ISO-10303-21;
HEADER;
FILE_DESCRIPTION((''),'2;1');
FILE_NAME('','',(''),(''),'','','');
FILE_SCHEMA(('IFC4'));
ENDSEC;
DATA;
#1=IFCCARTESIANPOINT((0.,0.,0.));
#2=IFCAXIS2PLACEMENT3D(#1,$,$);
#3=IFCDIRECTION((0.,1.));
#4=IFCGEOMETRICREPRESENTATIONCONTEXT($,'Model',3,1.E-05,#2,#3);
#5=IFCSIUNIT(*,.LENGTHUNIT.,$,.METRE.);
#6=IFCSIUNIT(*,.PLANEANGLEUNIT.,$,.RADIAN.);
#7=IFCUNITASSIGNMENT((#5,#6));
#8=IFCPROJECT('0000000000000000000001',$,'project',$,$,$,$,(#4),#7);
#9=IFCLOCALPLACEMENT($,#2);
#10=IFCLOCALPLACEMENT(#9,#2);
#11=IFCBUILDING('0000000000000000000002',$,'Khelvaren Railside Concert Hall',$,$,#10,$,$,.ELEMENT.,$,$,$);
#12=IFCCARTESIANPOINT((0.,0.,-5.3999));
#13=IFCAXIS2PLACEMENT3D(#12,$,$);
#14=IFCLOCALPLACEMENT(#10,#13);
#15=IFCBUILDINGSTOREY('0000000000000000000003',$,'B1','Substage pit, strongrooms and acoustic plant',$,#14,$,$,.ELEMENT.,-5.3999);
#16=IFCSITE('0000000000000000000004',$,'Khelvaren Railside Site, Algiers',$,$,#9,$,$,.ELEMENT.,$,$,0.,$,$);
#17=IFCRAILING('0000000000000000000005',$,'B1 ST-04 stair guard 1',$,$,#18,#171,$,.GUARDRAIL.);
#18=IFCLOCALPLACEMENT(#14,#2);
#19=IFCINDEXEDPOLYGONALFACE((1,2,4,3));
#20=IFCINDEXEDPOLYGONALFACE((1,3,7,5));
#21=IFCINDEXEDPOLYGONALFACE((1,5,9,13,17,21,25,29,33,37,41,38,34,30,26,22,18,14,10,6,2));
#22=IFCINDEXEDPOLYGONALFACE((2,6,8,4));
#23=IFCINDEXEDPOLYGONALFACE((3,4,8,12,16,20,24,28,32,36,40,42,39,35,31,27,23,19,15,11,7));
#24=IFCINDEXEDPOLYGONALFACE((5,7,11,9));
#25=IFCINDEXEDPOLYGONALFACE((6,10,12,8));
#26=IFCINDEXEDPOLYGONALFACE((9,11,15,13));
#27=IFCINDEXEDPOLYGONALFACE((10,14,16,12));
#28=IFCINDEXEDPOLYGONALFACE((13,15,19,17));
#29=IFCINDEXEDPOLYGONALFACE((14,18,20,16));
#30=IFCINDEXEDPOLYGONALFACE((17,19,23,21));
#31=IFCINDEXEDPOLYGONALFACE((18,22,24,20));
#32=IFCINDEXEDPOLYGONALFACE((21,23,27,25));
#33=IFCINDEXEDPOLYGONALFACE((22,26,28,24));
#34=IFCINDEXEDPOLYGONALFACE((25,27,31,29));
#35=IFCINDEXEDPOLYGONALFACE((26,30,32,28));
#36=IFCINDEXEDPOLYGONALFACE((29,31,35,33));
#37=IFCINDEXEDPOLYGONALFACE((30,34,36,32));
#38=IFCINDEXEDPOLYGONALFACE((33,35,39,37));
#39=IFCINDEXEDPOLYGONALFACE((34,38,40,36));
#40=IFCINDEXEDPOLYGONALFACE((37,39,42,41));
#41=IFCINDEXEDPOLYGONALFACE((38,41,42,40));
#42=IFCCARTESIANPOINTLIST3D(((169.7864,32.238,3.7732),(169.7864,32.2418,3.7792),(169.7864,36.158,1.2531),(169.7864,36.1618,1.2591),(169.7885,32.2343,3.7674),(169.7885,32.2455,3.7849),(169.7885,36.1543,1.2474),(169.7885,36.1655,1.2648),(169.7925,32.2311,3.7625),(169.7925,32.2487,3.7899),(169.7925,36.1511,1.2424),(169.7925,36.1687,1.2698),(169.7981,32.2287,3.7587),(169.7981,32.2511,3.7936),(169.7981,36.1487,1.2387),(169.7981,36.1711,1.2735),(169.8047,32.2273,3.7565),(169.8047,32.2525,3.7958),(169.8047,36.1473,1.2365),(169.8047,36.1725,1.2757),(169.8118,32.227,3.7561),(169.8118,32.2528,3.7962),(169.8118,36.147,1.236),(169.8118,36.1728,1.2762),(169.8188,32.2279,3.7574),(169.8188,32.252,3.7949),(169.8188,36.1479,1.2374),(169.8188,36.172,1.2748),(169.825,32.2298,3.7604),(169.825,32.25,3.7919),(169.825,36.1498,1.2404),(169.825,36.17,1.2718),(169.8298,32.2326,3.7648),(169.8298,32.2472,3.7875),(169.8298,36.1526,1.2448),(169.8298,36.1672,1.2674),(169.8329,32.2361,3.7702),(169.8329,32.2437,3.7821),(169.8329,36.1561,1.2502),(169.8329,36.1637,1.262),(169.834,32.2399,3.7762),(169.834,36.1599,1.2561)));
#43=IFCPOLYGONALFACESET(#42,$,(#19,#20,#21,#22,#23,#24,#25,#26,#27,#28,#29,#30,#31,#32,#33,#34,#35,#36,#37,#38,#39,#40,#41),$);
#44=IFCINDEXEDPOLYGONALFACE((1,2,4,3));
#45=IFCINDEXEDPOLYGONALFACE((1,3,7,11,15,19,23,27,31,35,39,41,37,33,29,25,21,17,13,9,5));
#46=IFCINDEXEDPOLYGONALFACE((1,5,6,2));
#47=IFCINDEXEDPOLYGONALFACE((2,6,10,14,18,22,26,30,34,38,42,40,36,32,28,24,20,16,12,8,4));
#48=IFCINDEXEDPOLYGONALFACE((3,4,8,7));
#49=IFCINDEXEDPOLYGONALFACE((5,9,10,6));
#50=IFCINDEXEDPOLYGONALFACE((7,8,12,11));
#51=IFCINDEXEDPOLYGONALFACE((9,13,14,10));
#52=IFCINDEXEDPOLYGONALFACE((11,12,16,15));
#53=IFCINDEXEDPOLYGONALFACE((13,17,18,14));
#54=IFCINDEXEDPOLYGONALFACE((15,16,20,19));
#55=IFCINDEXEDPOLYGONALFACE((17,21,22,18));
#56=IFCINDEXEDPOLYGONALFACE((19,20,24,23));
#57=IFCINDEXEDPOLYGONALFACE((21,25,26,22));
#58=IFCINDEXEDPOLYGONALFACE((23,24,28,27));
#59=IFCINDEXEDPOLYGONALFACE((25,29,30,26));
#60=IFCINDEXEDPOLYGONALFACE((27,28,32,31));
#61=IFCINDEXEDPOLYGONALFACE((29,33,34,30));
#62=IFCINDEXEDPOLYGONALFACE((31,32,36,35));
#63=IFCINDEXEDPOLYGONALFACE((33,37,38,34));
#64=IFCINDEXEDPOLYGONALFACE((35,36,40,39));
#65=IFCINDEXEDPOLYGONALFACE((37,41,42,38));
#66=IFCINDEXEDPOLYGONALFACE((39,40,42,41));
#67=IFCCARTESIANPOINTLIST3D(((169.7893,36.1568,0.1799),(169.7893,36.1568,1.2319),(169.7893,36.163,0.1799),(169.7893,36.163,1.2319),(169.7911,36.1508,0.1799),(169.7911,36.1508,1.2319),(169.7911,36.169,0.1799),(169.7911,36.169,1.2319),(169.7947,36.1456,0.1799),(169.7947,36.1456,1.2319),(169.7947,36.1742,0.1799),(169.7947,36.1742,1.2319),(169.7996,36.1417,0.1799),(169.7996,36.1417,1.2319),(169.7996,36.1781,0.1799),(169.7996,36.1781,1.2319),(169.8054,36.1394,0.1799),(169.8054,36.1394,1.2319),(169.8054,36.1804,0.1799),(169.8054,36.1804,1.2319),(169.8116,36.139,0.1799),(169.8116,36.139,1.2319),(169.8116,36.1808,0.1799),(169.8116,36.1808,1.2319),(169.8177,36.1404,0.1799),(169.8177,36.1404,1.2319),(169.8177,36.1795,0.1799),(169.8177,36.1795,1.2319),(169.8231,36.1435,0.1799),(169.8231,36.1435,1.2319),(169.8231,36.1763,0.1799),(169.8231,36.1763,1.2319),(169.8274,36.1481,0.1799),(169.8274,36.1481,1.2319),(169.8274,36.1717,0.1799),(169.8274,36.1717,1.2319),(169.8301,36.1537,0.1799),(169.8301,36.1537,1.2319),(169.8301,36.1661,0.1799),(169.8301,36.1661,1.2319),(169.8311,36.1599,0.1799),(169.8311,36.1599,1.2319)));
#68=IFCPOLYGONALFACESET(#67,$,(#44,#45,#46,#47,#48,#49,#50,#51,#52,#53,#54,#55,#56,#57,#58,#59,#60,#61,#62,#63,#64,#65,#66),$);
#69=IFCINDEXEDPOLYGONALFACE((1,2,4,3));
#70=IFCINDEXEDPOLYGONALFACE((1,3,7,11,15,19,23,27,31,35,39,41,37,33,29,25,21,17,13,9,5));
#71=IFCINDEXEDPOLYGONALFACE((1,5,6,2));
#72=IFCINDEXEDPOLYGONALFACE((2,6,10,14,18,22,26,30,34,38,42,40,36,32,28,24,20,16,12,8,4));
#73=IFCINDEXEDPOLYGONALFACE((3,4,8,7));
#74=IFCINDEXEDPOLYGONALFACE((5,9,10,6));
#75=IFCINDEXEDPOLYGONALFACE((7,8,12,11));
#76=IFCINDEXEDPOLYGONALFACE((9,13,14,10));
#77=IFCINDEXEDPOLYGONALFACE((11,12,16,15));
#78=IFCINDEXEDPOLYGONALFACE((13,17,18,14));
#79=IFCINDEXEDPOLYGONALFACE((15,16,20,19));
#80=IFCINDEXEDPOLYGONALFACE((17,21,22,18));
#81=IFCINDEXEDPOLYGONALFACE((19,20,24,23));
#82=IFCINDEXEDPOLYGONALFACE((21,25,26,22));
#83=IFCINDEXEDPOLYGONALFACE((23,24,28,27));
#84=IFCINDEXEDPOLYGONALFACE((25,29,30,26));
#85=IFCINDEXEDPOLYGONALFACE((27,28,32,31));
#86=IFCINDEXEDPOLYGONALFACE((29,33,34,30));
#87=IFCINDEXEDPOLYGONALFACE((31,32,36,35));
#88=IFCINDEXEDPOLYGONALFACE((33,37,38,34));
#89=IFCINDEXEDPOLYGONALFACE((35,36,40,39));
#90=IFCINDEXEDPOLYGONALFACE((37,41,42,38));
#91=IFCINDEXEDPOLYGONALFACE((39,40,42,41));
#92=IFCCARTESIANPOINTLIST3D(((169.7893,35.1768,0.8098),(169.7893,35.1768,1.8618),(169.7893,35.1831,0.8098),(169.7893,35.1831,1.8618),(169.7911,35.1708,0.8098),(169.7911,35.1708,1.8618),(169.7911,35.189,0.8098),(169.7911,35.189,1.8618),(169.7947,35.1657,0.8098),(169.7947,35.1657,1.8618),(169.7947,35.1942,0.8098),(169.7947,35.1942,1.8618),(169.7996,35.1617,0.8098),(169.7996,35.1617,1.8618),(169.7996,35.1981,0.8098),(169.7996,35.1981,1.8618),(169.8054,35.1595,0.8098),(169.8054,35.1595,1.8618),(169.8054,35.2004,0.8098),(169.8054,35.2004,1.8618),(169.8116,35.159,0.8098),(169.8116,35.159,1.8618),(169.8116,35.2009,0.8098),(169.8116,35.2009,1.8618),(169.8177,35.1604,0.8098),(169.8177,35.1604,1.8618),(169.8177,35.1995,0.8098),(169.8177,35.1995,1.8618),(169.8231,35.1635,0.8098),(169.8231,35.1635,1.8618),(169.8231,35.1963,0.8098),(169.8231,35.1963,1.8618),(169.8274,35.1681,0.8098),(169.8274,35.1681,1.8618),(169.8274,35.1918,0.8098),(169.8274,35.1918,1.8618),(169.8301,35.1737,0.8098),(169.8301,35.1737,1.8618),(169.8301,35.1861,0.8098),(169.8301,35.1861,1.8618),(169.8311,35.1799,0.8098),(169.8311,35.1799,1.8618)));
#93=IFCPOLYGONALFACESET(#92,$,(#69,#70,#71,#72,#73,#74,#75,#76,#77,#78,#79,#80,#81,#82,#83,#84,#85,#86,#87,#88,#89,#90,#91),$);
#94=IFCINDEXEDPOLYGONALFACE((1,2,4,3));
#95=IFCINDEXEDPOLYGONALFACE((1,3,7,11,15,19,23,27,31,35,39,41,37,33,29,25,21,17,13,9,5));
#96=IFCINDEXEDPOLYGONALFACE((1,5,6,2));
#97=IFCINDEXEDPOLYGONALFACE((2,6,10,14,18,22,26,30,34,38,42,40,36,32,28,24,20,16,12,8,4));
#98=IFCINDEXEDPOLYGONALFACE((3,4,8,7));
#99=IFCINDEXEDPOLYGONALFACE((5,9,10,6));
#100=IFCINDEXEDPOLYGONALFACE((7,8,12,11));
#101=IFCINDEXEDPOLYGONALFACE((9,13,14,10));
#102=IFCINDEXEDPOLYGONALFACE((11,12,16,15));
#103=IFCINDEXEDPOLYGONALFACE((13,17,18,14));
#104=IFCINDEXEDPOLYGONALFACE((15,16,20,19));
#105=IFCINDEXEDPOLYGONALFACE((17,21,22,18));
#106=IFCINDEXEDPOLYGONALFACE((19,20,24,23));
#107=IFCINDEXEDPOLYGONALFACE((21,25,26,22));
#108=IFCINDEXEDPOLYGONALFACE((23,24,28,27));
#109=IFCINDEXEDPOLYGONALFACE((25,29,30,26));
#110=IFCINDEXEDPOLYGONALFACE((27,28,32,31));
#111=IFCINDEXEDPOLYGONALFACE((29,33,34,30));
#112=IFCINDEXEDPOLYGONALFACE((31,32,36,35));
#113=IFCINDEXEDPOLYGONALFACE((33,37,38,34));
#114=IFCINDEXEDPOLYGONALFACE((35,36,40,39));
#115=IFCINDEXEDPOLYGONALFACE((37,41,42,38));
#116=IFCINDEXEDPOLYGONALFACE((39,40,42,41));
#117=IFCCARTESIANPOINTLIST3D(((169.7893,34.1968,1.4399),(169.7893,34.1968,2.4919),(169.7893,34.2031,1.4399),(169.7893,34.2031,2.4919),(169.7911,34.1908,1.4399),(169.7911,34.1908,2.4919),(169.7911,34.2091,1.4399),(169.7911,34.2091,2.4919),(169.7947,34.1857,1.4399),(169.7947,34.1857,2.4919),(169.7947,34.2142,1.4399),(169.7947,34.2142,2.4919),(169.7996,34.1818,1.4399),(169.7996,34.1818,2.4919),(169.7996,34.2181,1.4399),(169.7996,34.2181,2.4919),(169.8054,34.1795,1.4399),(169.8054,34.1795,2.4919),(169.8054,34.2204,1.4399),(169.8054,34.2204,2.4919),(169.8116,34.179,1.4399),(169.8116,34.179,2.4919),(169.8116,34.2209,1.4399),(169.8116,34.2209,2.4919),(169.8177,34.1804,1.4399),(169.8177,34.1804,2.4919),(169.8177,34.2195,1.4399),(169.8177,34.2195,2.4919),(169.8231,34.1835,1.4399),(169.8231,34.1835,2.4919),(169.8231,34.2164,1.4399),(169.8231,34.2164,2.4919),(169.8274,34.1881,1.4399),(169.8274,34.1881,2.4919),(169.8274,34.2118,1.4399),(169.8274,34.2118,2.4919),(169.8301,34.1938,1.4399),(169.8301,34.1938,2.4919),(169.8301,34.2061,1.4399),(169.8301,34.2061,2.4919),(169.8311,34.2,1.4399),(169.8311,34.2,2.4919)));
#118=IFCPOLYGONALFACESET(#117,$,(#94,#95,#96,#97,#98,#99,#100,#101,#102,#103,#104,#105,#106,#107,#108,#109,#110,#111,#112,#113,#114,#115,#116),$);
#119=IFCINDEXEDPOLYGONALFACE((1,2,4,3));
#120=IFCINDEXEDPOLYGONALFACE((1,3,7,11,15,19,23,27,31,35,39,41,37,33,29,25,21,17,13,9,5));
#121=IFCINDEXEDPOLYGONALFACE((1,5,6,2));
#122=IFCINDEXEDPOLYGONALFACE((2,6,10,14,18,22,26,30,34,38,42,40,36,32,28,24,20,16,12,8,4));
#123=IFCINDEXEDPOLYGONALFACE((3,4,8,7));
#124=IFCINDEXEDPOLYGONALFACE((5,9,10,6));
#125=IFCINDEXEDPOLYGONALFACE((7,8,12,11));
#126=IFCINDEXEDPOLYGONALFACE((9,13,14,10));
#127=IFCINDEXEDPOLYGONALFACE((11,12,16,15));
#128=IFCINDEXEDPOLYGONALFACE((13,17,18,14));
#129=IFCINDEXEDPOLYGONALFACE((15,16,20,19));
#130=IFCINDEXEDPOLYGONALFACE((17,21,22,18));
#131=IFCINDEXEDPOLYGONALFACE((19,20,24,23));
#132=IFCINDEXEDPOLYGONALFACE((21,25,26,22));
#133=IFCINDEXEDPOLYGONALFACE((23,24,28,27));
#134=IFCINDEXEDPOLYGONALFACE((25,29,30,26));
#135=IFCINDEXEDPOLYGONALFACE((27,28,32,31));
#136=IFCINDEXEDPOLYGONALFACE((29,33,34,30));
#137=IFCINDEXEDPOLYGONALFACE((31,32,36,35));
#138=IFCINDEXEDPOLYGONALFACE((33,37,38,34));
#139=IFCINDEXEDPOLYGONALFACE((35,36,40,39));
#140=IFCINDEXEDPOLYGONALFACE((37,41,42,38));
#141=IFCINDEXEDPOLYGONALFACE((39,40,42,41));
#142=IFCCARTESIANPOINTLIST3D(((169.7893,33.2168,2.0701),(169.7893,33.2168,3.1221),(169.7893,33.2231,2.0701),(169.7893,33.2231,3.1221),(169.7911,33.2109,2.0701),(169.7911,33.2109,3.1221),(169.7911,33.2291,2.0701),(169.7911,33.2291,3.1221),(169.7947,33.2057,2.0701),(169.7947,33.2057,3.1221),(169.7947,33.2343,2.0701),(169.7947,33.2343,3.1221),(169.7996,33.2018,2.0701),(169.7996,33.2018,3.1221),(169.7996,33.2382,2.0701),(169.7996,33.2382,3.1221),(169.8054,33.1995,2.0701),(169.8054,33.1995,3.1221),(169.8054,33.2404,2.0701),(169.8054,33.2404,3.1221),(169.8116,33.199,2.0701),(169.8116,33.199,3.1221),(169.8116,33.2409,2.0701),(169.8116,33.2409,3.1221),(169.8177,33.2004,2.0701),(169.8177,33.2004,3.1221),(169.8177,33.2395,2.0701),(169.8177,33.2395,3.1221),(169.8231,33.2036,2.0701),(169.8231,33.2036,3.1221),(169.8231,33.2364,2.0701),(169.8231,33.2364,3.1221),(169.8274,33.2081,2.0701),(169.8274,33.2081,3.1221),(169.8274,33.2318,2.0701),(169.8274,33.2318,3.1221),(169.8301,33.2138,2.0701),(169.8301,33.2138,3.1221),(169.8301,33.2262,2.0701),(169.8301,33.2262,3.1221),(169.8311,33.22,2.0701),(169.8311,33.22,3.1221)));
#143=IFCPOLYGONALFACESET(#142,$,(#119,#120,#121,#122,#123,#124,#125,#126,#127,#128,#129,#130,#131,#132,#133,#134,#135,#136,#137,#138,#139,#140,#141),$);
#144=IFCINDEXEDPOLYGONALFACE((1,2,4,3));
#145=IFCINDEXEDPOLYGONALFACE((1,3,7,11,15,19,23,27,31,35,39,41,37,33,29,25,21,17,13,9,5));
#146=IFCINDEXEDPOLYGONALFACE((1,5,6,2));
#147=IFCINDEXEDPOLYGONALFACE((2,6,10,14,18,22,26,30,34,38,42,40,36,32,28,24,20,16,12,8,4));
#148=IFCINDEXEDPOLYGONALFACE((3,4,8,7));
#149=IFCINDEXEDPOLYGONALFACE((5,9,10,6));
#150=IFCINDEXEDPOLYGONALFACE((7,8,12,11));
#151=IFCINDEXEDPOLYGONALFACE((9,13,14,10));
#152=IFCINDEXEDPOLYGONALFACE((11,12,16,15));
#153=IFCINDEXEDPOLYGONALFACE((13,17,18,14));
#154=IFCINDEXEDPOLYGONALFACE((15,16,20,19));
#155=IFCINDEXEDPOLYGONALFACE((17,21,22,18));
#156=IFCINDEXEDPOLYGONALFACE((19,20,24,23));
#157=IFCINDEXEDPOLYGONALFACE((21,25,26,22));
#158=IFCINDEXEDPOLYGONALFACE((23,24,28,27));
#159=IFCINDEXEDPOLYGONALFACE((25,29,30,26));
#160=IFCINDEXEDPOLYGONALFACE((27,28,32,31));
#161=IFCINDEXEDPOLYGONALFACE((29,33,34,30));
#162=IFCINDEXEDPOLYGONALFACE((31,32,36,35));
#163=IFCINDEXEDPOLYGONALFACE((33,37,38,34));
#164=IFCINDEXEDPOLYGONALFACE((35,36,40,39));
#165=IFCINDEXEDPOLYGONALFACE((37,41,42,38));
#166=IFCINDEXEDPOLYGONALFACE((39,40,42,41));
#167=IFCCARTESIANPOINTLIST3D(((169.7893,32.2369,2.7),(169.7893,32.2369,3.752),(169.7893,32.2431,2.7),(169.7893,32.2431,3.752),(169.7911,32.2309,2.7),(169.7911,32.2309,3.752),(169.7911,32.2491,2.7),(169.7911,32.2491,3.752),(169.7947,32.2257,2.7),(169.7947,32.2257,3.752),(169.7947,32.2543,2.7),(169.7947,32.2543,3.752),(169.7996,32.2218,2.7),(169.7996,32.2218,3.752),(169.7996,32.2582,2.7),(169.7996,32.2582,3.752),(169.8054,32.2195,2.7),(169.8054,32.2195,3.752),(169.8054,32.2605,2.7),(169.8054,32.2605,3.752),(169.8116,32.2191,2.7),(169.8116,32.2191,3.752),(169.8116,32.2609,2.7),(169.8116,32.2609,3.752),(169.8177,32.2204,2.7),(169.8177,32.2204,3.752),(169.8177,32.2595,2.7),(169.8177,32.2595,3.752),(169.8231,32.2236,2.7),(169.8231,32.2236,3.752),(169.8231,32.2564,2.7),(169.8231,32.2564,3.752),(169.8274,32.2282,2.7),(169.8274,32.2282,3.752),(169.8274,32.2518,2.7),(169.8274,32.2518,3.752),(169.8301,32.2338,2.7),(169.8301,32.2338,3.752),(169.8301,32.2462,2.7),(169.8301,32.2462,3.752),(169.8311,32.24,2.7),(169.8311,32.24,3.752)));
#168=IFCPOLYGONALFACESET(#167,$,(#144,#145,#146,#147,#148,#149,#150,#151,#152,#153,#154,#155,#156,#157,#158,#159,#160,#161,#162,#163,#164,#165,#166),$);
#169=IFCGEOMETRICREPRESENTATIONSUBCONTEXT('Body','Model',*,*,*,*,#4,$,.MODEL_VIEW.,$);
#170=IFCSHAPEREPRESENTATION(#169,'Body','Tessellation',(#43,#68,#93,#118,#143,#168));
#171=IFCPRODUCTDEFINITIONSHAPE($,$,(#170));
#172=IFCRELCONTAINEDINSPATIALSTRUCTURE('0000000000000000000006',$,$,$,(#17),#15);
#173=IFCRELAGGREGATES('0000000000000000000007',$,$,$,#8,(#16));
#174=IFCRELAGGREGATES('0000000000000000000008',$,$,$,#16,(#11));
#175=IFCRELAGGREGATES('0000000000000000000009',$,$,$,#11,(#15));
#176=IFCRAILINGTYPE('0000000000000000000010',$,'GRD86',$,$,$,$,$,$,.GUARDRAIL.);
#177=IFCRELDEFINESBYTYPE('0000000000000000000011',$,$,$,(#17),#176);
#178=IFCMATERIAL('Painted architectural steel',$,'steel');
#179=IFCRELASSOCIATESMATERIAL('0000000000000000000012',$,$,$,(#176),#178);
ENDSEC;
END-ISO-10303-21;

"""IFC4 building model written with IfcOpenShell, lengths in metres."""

from ifc_helpers import new_model, si_unit, direction, frame, origin, origin_2d, place, context, subcontext, project, spatial, circle, extrude, material, type_object, element, save


model = new_model("IFC4")

# Units and contexts
model_context = context("Model", 3, precision=1e-05, world=origin(), true_north=direction((0.0, 1.0)))
body_context = subcontext(model_context, "Body", "Model", "MODEL_VIEW")
ifc_project = project(units=[si_unit("LENGTHUNIT", "METRE"), si_unit("PLANEANGLEUNIT", "RADIAN")], contexts=[model_context])

# Site, building, storey
site_placement = place(None, origin())
site = spatial("IfcSite", under=ifc_project, at=site_placement, Name="Khelvaren Railside Site, Algiers", CompositionType="ELEMENT", RefElevation=0.0)
building_placement = place(site_placement, origin())
building = spatial("IfcBuilding", under=site, at=building_placement, Name="Khelvaren Railside Concert Hall", CompositionType="ELEMENT")
storey_placement = place(building_placement, frame((0.0, 0.0, -5.3999)))
storey = spatial("IfcBuildingStorey", under=building, at=storey_placement, Name="B1", Description="Substage pit, strongrooms and acoustic plant", CompositionType="ELEMENT", Elevation=-5.3999)

# Railing
ifc_material_1 = material(Name="Painted architectural steel", Category="steel")
railing_type_1 = type_object("IfcRailingType", Name="GRD86", PredefinedType="GUARDRAIL", material=ifc_material_1)
railing_1_placement = place(storey_placement, frame((169.8101, 36.1599, 0.1799)))
element("IfcRailing", 1, at=railing_1_placement, inside=storey, type_object=railing_type_1, Name="B1 ST-04 stair guard 1", PredefinedType="GUARDRAIL", context=body_context, shape_type="SweptSolid", body=[
    extrude(circle(Radius=0.0239, at=origin_2d()), frame((0.0, 0.0, 1.0762), z_axis=(0.0, -0.841172, 0.540768), x_axis=(1.0, 0.0, 0.0)), (0.0, 0.0, 1.0), 4.6602),
    extrude(circle(Radius=0.021, at=origin_2d()), origin(), (0.0, 0.0, 1.0), 1.052),
    extrude(circle(Radius=0.021, at=origin_2d()), frame((0.0, -0.98, 0.6299)), (0.0, 0.0, 1.0), 1.052),
    extrude(circle(Radius=0.021, at=origin_2d()), frame((0.0, -1.96, 1.26)), (0.0, 0.0, 1.0), 1.052),
    extrude(circle(Radius=0.021, at=origin_2d()), frame((0.0, -2.9399, 1.8901)), (0.0, 0.0, 1.0), 1.052),
    extrude(circle(Radius=0.021, at=origin_2d()), frame((0.0, -3.9199, 2.52)), (0.0, 0.0, 1.0), 1.052),
])

save(model, "model.ifc")
